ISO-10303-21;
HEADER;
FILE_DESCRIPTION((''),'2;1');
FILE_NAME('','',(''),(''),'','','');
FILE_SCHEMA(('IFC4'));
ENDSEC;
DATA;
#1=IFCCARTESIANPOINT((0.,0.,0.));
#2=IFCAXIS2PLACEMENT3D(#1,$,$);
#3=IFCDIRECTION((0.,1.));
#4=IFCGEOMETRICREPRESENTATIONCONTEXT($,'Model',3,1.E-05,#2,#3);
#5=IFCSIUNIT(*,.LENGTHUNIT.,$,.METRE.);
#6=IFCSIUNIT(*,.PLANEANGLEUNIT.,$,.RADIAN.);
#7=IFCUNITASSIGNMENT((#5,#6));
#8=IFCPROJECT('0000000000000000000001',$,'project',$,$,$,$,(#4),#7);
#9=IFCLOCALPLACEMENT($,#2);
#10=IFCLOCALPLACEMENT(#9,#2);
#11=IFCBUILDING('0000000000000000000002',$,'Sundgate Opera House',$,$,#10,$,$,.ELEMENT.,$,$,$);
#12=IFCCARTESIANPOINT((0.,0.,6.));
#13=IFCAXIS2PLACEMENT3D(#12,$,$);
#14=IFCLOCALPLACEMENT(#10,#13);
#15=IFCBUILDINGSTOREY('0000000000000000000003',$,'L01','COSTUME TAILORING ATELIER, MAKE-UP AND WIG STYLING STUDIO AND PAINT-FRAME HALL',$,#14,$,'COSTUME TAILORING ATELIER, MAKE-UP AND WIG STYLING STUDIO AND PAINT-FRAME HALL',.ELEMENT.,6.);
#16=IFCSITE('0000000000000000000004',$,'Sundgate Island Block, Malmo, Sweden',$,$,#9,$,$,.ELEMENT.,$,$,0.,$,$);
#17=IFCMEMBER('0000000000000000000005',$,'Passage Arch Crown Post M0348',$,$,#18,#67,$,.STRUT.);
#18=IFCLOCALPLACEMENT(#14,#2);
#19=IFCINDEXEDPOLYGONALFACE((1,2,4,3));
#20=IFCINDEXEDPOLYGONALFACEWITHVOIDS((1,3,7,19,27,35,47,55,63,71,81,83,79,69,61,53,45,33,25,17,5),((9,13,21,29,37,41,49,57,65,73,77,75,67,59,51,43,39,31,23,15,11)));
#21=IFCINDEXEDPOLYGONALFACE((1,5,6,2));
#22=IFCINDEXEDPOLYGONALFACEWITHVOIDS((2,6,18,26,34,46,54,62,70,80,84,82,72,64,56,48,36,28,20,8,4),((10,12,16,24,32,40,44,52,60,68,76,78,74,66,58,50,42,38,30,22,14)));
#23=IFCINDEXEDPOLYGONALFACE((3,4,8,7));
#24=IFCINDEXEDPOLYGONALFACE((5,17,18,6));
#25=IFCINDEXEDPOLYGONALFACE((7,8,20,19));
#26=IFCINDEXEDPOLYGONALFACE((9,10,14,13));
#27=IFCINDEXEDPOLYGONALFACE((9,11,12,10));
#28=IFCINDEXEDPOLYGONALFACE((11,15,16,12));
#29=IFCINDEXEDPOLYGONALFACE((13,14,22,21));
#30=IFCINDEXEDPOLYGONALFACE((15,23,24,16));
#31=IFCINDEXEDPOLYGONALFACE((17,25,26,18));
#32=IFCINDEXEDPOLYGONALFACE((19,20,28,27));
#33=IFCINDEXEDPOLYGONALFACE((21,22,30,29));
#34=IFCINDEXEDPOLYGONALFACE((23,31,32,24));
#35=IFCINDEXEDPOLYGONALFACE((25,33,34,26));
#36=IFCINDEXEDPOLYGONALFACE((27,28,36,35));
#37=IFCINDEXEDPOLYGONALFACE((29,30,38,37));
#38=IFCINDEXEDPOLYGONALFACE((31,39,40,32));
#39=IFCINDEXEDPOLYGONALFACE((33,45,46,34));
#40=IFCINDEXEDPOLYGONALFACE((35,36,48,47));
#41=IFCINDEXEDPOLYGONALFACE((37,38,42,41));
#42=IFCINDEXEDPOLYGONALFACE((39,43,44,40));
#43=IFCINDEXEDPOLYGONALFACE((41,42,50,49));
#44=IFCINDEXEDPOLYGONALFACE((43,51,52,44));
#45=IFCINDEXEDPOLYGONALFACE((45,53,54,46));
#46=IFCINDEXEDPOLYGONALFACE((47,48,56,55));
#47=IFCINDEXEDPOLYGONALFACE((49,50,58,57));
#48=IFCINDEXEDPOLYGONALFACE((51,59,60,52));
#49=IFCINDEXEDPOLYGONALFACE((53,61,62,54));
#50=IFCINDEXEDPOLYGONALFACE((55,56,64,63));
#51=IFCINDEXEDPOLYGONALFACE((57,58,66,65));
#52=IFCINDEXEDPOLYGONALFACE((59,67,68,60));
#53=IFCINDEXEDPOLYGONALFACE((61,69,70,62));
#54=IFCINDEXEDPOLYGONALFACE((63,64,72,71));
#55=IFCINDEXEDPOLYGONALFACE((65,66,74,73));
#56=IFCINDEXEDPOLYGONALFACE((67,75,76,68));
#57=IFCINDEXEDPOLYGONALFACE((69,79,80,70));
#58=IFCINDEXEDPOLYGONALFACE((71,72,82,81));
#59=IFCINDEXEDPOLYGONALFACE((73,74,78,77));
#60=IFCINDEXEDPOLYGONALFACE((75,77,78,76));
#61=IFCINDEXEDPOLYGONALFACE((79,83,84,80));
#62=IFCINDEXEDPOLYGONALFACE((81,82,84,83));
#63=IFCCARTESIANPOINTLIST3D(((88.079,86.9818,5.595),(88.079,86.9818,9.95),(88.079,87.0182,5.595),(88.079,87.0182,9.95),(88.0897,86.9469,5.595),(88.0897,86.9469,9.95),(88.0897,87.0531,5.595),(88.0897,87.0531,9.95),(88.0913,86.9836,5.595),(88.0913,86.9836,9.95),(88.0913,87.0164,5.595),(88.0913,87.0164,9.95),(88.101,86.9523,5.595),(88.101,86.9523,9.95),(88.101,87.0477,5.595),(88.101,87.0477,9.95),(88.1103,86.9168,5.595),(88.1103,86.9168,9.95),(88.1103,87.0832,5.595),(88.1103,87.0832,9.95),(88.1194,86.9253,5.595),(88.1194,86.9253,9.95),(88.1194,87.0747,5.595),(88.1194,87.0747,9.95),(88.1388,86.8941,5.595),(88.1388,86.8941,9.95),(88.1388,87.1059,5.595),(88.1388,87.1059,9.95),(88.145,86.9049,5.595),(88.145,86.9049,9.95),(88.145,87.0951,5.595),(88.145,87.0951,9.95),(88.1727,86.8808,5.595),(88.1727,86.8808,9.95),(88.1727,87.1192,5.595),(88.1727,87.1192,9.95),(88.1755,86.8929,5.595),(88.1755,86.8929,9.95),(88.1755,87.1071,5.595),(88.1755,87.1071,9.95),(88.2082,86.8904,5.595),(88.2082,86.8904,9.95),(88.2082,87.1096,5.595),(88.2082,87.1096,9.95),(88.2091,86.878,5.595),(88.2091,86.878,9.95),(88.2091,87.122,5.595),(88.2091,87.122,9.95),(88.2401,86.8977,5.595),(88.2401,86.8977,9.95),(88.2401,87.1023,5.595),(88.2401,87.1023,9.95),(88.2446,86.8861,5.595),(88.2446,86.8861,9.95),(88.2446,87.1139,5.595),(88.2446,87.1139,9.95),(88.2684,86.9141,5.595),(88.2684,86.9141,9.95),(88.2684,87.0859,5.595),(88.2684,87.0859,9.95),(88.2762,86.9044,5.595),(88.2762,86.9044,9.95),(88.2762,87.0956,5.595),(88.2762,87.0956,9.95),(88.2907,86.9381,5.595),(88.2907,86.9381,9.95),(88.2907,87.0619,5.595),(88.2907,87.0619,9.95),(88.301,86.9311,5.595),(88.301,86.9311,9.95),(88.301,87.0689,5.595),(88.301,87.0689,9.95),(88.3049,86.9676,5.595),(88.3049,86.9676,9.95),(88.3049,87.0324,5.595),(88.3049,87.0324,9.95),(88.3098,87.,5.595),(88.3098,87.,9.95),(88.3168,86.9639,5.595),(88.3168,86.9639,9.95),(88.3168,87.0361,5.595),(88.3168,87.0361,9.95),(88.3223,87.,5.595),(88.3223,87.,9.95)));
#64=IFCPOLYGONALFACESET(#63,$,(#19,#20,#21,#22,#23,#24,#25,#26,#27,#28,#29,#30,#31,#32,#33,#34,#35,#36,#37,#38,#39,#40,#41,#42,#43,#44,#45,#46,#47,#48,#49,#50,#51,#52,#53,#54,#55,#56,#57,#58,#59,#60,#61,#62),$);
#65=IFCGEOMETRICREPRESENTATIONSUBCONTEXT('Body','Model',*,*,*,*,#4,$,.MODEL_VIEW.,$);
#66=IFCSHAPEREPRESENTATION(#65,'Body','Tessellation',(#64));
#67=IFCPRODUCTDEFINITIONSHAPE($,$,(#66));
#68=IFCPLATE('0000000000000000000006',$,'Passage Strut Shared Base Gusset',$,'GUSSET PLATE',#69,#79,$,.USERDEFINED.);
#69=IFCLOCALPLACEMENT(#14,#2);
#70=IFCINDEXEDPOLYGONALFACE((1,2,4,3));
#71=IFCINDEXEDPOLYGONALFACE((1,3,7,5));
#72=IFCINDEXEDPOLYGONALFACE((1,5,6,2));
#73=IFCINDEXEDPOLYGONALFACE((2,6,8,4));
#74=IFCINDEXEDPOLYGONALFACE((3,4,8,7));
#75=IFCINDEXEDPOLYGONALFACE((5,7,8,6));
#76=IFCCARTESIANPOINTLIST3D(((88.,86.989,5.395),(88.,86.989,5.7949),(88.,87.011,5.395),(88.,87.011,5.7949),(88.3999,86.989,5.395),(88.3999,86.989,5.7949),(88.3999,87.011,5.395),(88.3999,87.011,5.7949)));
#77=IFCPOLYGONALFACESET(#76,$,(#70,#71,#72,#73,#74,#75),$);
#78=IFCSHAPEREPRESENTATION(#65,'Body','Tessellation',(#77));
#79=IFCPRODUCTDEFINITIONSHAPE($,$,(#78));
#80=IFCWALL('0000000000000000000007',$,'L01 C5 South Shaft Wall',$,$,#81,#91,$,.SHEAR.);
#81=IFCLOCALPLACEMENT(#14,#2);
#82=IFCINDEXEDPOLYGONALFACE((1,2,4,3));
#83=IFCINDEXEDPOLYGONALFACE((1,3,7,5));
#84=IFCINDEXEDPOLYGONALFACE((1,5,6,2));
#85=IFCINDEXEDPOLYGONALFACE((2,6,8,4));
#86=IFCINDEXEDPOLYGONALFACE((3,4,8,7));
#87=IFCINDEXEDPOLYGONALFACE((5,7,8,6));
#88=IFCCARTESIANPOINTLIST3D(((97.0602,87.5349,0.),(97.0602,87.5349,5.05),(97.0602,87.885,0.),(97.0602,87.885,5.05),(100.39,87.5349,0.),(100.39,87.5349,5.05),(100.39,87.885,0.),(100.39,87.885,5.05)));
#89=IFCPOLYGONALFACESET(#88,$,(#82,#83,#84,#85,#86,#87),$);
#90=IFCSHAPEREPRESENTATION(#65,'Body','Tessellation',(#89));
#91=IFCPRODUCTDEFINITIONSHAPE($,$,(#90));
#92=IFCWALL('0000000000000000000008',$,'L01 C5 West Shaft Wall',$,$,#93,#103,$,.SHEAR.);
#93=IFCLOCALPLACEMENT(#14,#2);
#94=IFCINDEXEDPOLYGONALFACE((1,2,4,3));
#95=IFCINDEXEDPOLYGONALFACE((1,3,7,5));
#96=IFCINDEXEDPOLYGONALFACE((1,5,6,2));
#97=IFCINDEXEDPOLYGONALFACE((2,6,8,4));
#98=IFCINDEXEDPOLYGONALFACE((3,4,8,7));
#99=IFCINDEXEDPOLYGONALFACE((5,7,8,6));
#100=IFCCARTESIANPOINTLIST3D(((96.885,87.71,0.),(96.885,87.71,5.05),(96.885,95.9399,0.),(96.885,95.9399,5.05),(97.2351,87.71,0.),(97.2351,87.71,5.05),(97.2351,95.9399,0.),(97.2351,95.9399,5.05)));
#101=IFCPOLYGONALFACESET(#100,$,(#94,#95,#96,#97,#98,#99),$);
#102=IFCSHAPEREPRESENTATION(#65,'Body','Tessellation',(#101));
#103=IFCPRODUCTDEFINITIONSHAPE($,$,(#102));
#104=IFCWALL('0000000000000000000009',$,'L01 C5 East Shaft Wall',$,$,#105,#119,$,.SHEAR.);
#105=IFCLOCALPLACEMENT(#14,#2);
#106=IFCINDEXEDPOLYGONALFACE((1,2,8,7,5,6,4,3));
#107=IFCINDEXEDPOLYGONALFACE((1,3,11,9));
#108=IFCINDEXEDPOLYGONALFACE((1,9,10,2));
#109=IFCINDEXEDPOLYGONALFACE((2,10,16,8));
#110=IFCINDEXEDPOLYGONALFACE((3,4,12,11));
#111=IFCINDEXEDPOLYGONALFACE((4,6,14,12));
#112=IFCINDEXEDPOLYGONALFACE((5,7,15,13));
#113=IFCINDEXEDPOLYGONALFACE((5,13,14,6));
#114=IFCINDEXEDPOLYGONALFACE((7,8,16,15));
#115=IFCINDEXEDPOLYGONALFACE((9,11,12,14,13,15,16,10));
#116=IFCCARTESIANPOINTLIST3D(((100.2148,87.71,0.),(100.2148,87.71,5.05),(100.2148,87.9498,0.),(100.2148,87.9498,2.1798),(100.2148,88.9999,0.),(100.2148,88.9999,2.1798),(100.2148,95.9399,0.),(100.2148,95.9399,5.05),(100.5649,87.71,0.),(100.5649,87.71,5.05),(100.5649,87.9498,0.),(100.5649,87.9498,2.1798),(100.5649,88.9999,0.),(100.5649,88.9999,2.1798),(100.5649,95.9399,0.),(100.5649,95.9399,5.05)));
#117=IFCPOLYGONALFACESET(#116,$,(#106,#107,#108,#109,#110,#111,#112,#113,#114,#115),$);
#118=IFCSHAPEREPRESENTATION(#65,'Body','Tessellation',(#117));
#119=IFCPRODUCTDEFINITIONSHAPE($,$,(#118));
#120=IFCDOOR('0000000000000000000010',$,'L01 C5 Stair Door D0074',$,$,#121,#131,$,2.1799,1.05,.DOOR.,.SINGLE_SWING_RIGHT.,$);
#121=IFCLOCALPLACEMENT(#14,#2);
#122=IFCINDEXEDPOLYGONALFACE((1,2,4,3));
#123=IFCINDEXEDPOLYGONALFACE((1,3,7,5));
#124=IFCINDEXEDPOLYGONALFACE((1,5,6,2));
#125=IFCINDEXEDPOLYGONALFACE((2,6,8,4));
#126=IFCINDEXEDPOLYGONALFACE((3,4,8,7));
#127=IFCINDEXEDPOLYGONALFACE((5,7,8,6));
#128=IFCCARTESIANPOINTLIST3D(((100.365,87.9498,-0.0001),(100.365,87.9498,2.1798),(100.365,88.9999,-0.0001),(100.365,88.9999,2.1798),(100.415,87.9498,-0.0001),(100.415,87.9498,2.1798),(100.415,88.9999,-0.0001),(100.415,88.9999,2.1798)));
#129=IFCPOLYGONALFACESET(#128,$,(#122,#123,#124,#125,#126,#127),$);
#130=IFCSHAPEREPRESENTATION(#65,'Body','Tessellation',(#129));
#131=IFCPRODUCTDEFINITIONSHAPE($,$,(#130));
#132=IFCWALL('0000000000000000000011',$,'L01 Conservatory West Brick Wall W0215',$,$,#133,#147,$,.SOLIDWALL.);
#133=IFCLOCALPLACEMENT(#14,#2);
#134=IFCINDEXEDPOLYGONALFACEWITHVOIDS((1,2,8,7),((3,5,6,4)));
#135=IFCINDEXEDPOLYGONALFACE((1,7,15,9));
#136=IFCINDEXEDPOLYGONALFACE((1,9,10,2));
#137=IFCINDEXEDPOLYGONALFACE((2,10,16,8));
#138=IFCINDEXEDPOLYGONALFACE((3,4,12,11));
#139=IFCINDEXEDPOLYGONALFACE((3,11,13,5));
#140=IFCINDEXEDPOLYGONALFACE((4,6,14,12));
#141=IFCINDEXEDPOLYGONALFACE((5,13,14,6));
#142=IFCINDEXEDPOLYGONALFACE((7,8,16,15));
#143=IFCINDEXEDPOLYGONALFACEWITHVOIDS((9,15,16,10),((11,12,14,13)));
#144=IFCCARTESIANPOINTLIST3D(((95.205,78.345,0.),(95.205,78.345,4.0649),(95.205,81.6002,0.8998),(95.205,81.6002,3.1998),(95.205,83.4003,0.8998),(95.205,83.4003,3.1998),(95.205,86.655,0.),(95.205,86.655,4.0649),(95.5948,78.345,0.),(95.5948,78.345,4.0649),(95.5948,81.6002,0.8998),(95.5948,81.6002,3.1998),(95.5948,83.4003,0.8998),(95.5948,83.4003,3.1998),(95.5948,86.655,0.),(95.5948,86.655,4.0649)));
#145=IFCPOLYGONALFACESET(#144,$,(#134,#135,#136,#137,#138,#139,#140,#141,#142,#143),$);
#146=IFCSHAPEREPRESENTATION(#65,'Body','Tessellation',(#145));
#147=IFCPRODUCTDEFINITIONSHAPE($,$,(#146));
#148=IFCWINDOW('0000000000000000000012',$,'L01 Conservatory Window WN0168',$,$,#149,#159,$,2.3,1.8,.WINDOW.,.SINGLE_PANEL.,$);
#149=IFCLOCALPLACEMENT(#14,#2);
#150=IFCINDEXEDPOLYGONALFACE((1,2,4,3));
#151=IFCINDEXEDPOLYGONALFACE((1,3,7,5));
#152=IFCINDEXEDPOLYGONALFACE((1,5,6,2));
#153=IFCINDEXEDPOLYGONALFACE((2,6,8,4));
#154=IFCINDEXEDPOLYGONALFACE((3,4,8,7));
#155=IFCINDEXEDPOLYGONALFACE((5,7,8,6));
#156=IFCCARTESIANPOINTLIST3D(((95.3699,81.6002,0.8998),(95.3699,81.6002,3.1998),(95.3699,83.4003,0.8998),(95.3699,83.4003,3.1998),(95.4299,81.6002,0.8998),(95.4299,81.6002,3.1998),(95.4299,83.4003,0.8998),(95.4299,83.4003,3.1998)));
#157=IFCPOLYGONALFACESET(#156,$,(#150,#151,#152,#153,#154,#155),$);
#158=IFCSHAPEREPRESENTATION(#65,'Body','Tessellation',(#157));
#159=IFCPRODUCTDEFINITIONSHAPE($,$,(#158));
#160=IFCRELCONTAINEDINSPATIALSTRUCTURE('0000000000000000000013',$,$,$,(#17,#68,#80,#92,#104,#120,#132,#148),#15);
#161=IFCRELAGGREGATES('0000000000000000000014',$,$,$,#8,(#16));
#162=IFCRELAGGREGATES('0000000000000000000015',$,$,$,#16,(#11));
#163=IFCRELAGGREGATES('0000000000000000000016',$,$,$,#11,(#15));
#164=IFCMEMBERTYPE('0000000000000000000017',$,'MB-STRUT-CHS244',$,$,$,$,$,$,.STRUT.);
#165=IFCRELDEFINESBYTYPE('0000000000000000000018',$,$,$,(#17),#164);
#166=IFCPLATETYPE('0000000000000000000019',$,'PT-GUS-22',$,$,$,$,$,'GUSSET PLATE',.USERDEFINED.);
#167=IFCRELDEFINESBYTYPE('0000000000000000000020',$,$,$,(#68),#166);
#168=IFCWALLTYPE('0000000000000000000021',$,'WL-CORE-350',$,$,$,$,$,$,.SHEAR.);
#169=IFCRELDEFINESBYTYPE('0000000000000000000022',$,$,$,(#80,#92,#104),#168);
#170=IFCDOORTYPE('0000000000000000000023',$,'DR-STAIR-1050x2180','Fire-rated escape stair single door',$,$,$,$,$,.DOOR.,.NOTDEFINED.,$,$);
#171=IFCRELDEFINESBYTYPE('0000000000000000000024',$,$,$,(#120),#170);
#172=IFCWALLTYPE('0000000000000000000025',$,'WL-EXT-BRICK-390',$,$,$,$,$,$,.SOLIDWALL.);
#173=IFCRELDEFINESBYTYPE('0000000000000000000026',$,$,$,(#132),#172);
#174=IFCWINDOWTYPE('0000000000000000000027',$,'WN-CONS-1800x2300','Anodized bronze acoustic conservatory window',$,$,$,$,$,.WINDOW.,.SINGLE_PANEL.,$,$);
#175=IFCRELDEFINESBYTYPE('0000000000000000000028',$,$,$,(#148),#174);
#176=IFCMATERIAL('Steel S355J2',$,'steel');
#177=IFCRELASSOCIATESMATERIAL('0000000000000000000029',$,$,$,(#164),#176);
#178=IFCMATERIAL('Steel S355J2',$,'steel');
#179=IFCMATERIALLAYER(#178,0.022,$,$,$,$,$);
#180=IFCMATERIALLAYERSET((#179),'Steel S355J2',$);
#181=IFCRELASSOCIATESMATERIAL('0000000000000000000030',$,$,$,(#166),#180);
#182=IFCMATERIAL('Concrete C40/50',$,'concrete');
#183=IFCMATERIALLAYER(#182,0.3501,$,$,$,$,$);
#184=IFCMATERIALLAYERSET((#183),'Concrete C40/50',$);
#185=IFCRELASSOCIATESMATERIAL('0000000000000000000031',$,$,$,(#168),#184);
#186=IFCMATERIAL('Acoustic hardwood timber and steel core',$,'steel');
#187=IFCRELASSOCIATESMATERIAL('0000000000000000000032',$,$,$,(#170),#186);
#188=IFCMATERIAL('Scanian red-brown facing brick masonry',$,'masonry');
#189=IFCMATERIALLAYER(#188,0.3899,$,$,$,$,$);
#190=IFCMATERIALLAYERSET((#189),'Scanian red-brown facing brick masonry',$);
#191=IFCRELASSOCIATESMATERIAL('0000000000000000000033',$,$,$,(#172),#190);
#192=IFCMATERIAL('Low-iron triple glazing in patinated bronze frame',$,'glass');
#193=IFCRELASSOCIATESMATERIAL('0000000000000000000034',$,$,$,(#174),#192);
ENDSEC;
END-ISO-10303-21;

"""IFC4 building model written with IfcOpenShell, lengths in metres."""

from ifc_helpers import new_model, si_unit, direction, frame, frame_2d, origin, origin_2d, place, context, subcontext, project, spatial, rectangle, hollow_circle, extrude, material, layer, layer_set, material_profile, profile_set, type_object, element, fill, save


model = new_model("IFC4")

# Units and contexts
model_context = context("Model", 3, precision=1e-05, world=origin(), true_north=direction((0.0, 1.0)))
body_context = subcontext(model_context, "Body", "Model", "MODEL_VIEW")
ifc_project = project(units=[si_unit("LENGTHUNIT", "METRE"), si_unit("PLANEANGLEUNIT", "RADIAN")], contexts=[model_context])

# Site, building, storey
site_placement = place(None, origin())
site = spatial("IfcSite", under=ifc_project, at=site_placement, Name="Sundgate Island Block, Malmo, Sweden", CompositionType="ELEMENT", RefElevation=0.0)
building_placement = place(site_placement, origin())
building = spatial("IfcBuilding", under=site, at=building_placement, Name="Sundgate Opera House", CompositionType="ELEMENT")
storey_placement = place(building_placement, frame((0.0, 0.0, 6.0)))
storey = spatial("IfcBuildingStorey", under=building, at=storey_placement, Name="L01", Description="COSTUME TAILORING ATELIER, MAKE-UP AND WIG STYLING STUDIO AND PAINT-FRAME HALL", LongName="COSTUME TAILORING ATELIER, MAKE-UP AND WIG STYLING STUDIO AND PAINT-FRAME HALL", CompositionType="ELEMENT", Elevation=6.0)

# Member
ifc_material_1 = material(Name="Steel S355J2", Category="steel")
ifc_material_profile_1 = material_profile(ifc_material_1, hollow_circle(Radius=0.1223, WallThickness=0.0125, at=origin_2d()), Name="CHS 244.5x12.5")
ifc_profile_set_1 = profile_set([ifc_material_profile_1], Name="Steel S355J2")
member_type = type_object("IfcMemberType", Name="MB-STRUT-CHS244", PredefinedType="STRUT", material=ifc_profile_set_1)
member_1_placement = place(storey_placement, frame((88.2, 87.0, 5.595), z_axis=(0.0, 0.0, 1.0), x_axis=(1.0, 0.0, 0.0)))
element("IfcMember", 1, at=member_1_placement, inside=storey, type_object=member_type, Name="Passage Arch Crown Post M0348", PredefinedType="STRUT", context=body_context, shape_type="SweptSolid", body=[
    extrude(hollow_circle(Radius=0.1223, WallThickness=0.0125, at=origin_2d()), origin(), (0.0, 0.0, 1.0), 4.355),
])

# Plate
ifc_material_2 = material(Name="Steel S355J2", Category="steel")
ifc_layer_1 = layer(ifc_material_2, 0.022)
ifc_layer_set_1 = layer_set([ifc_layer_1], Name="Steel S355J2")
plate_type = type_object("IfcPlateType", Name="PT-GUS-22", ElementType="GUSSET PLATE", PredefinedType="USERDEFINED", material=ifc_layer_set_1)
plate_placement = place(storey_placement, frame((88.2, 87.0, 5.395), z_axis=(0.0, 0.0, 1.0), x_axis=(1.0, 0.0, 0.0)))
element("IfcPlate", 2, at=plate_placement, inside=storey, type_object=plate_type, Name="Passage Strut Shared Base Gusset", ObjectType="GUSSET PLATE", PredefinedType="USERDEFINED", context=body_context, shape_type="SweptSolid", body=[
    extrude(rectangle(XDim=0.3999, YDim=0.022, at=origin_2d()), origin(), (0.0, 0.0, 1.0), 0.3999),
])

# Walls
ifc_material_3 = material(Name="Concrete C40/50", Category="concrete")
ifc_layer_2 = layer(ifc_material_3, 0.3501)
ifc_layer_set_2 = layer_set([ifc_layer_2], Name="Concrete C40/50")
wall_type_1 = type_object("IfcWallType", Name="WL-CORE-350", PredefinedType="SHEAR", material=ifc_layer_set_2)
wall_1_placement = place(storey_placement, frame((97.0601, 87.71, 0.0), z_axis=(0.0, 0.0, 1.0), x_axis=(1.0, 0.0, 0.0)))
element("IfcWall", 3, at=wall_1_placement, inside=storey, type_object=wall_type_1, Name="L01 C5 South Shaft Wall", PredefinedType="SHEAR", context=body_context, shape_type="SweptSolid", body=[
    extrude(rectangle(XDim=3.3298, YDim=0.3501, at=frame_2d((1.665, 0.0))), origin(), (0.0, 0.0, 1.0), 5.05),
])
wall_2_placement = place(storey_placement, frame((97.0601, 87.71, 0.0), z_axis=(0.0, 0.0, 1.0), x_axis=(0.0, 1.0, 0.0)))
element("IfcWall", 4, at=wall_2_placement, inside=storey, type_object=wall_type_1, Name="L01 C5 West Shaft Wall", PredefinedType="SHEAR", context=body_context, shape_type="SweptSolid", body=[
    extrude(rectangle(XDim=8.23, YDim=0.3501, at=frame_2d((4.115, 0.0))), origin(), (0.0, 0.0, 1.0), 5.05),
])

# Wall, opening, door
wall_3_placement = place(storey_placement, frame((100.3899, 87.71, 0.0), z_axis=(0.0, 0.0, 1.0), x_axis=(0.0, 1.0, 0.0)))
wall_3 = element("IfcWall", 5, at=wall_3_placement, inside=storey, type_object=wall_type_1, Name="L01 C5 East Shaft Wall", PredefinedType="SHEAR", context=body_context, shape_type="SweptSolid", body=[
    extrude(rectangle(XDim=8.23, YDim=0.3501, at=frame_2d((4.115, 0.0))), origin(), (0.0, 0.0, 1.0), 5.05),
])
opening_1_placement = place(wall_3_placement, frame((0.24, 0.0, 0.0)))
opening_1 = element("IfcOpeningElement", 6, at=opening_1_placement, cuts=wall_3, PredefinedType="OPENING", context=body_context, shape_type="SweptSolid", body=[
    extrude(rectangle(XDim=1.05, YDim=2.1799, at=frame_2d((0.5249, 1.0898))), frame((0.0, 0.1851, 0.0), z_axis=(0.0, -1.0, 0.0), x_axis=(1.0, 0.0, 0.0)), (0.0, 0.0, 1.0), 0.3701),
])
ifc_material_4 = material(Name="Acoustic hardwood timber and steel core", Category="steel")
door_type = type_object("IfcDoorType", Name="DR-STAIR-1050x2180", Description="Fire-rated escape stair single door", OperationType="NOTDEFINED", PredefinedType="DOOR", material=ifc_material_4)
door_placement = place(opening_1_placement, origin())
door = element("IfcDoor", 7, at=door_placement, inside=storey, type_object=door_type, Name="L01 C5 Stair Door D0074", OperationType="SINGLE_SWING_RIGHT", OverallHeight=2.1799, OverallWidth=1.05, PredefinedType="DOOR", context=body_context, shape_type="SweptSolid", body=[
    extrude(rectangle(XDim=1.05, YDim=2.1799, at=frame_2d((0.5249, 1.0898))), frame((0.0, 0.0249, 0.0), z_axis=(0.0, -1.0, 0.0), x_axis=(1.0, 0.0, 0.0)), (0.0, 0.0, 1.0), 0.05),
])
fill(opening_1, door)

# Wall, opening, window
ifc_material_5 = material(Name="Scanian red-brown facing brick masonry", Category="masonry")
ifc_layer_3 = layer(ifc_material_5, 0.3899)
ifc_layer_set_3 = layer_set([ifc_layer_3], Name="Scanian red-brown facing brick masonry")
wall_type_2 = type_object("IfcWallType", Name="WL-EXT-BRICK-390", PredefinedType="SOLIDWALL", material=ifc_layer_set_3)
wall_4_placement = place(storey_placement, frame((95.3999, 86.655, 0.0), z_axis=(0.0, 0.0, 1.0), x_axis=(0.0, -1.0, 0.0)))
wall_4 = element("IfcWall", 8, at=wall_4_placement, inside=storey, type_object=wall_type_2, Name="L01 Conservatory West Brick Wall W0215", PredefinedType="SOLIDWALL", context=body_context, shape_type="SweptSolid", body=[
    extrude(rectangle(XDim=8.3101, YDim=0.3899, at=frame_2d((4.155, 0.0))), origin(), (0.0, 0.0, 1.0), 4.0649),
])
opening_2_placement = place(wall_4_placement, frame((3.2549, 0.0, 0.8999)))
opening_2 = element("IfcOpeningElement", 9, at=opening_2_placement, cuts=wall_4, PredefinedType="OPENING", context=body_context, shape_type="SweptSolid", body=[
    extrude(rectangle(XDim=1.8, YDim=2.3, at=frame_2d((0.8999, 1.1499))), frame((0.0, 0.2048, 0.0), z_axis=(0.0, -1.0, 0.0), x_axis=(1.0, 0.0, 0.0)), (0.0, 0.0, 1.0), 0.4099),
])
ifc_material_6 = material(Name="Low-iron triple glazing in patinated bronze frame", Category="glass")
window_type = type_object("IfcWindowType", Name="WN-CONS-1800x2300", Description="Anodized bronze acoustic conservatory window", PartitioningType="SINGLE_PANEL", PredefinedType="WINDOW", material=ifc_material_6)
window_placement = place(opening_2_placement, origin())
window = element("IfcWindow", 10, at=window_placement, inside=storey, type_object=window_type, Name="L01 Conservatory Window WN0168", OverallHeight=2.3, OverallWidth=1.8, PartitioningType="SINGLE_PANEL", PredefinedType="WINDOW", context=body_context, shape_type="SweptSolid", body=[
    extrude(rectangle(XDim=1.8, YDim=2.3, at=frame_2d((0.8999, 1.1499))), frame((0.0, 0.03, 0.0), z_axis=(0.0, -1.0, 0.0), x_axis=(1.0, 0.0, 0.0)), (0.0, 0.0, 1.0), 0.0601),
])
fill(opening_2, window)

save(model, "model.ifc")
